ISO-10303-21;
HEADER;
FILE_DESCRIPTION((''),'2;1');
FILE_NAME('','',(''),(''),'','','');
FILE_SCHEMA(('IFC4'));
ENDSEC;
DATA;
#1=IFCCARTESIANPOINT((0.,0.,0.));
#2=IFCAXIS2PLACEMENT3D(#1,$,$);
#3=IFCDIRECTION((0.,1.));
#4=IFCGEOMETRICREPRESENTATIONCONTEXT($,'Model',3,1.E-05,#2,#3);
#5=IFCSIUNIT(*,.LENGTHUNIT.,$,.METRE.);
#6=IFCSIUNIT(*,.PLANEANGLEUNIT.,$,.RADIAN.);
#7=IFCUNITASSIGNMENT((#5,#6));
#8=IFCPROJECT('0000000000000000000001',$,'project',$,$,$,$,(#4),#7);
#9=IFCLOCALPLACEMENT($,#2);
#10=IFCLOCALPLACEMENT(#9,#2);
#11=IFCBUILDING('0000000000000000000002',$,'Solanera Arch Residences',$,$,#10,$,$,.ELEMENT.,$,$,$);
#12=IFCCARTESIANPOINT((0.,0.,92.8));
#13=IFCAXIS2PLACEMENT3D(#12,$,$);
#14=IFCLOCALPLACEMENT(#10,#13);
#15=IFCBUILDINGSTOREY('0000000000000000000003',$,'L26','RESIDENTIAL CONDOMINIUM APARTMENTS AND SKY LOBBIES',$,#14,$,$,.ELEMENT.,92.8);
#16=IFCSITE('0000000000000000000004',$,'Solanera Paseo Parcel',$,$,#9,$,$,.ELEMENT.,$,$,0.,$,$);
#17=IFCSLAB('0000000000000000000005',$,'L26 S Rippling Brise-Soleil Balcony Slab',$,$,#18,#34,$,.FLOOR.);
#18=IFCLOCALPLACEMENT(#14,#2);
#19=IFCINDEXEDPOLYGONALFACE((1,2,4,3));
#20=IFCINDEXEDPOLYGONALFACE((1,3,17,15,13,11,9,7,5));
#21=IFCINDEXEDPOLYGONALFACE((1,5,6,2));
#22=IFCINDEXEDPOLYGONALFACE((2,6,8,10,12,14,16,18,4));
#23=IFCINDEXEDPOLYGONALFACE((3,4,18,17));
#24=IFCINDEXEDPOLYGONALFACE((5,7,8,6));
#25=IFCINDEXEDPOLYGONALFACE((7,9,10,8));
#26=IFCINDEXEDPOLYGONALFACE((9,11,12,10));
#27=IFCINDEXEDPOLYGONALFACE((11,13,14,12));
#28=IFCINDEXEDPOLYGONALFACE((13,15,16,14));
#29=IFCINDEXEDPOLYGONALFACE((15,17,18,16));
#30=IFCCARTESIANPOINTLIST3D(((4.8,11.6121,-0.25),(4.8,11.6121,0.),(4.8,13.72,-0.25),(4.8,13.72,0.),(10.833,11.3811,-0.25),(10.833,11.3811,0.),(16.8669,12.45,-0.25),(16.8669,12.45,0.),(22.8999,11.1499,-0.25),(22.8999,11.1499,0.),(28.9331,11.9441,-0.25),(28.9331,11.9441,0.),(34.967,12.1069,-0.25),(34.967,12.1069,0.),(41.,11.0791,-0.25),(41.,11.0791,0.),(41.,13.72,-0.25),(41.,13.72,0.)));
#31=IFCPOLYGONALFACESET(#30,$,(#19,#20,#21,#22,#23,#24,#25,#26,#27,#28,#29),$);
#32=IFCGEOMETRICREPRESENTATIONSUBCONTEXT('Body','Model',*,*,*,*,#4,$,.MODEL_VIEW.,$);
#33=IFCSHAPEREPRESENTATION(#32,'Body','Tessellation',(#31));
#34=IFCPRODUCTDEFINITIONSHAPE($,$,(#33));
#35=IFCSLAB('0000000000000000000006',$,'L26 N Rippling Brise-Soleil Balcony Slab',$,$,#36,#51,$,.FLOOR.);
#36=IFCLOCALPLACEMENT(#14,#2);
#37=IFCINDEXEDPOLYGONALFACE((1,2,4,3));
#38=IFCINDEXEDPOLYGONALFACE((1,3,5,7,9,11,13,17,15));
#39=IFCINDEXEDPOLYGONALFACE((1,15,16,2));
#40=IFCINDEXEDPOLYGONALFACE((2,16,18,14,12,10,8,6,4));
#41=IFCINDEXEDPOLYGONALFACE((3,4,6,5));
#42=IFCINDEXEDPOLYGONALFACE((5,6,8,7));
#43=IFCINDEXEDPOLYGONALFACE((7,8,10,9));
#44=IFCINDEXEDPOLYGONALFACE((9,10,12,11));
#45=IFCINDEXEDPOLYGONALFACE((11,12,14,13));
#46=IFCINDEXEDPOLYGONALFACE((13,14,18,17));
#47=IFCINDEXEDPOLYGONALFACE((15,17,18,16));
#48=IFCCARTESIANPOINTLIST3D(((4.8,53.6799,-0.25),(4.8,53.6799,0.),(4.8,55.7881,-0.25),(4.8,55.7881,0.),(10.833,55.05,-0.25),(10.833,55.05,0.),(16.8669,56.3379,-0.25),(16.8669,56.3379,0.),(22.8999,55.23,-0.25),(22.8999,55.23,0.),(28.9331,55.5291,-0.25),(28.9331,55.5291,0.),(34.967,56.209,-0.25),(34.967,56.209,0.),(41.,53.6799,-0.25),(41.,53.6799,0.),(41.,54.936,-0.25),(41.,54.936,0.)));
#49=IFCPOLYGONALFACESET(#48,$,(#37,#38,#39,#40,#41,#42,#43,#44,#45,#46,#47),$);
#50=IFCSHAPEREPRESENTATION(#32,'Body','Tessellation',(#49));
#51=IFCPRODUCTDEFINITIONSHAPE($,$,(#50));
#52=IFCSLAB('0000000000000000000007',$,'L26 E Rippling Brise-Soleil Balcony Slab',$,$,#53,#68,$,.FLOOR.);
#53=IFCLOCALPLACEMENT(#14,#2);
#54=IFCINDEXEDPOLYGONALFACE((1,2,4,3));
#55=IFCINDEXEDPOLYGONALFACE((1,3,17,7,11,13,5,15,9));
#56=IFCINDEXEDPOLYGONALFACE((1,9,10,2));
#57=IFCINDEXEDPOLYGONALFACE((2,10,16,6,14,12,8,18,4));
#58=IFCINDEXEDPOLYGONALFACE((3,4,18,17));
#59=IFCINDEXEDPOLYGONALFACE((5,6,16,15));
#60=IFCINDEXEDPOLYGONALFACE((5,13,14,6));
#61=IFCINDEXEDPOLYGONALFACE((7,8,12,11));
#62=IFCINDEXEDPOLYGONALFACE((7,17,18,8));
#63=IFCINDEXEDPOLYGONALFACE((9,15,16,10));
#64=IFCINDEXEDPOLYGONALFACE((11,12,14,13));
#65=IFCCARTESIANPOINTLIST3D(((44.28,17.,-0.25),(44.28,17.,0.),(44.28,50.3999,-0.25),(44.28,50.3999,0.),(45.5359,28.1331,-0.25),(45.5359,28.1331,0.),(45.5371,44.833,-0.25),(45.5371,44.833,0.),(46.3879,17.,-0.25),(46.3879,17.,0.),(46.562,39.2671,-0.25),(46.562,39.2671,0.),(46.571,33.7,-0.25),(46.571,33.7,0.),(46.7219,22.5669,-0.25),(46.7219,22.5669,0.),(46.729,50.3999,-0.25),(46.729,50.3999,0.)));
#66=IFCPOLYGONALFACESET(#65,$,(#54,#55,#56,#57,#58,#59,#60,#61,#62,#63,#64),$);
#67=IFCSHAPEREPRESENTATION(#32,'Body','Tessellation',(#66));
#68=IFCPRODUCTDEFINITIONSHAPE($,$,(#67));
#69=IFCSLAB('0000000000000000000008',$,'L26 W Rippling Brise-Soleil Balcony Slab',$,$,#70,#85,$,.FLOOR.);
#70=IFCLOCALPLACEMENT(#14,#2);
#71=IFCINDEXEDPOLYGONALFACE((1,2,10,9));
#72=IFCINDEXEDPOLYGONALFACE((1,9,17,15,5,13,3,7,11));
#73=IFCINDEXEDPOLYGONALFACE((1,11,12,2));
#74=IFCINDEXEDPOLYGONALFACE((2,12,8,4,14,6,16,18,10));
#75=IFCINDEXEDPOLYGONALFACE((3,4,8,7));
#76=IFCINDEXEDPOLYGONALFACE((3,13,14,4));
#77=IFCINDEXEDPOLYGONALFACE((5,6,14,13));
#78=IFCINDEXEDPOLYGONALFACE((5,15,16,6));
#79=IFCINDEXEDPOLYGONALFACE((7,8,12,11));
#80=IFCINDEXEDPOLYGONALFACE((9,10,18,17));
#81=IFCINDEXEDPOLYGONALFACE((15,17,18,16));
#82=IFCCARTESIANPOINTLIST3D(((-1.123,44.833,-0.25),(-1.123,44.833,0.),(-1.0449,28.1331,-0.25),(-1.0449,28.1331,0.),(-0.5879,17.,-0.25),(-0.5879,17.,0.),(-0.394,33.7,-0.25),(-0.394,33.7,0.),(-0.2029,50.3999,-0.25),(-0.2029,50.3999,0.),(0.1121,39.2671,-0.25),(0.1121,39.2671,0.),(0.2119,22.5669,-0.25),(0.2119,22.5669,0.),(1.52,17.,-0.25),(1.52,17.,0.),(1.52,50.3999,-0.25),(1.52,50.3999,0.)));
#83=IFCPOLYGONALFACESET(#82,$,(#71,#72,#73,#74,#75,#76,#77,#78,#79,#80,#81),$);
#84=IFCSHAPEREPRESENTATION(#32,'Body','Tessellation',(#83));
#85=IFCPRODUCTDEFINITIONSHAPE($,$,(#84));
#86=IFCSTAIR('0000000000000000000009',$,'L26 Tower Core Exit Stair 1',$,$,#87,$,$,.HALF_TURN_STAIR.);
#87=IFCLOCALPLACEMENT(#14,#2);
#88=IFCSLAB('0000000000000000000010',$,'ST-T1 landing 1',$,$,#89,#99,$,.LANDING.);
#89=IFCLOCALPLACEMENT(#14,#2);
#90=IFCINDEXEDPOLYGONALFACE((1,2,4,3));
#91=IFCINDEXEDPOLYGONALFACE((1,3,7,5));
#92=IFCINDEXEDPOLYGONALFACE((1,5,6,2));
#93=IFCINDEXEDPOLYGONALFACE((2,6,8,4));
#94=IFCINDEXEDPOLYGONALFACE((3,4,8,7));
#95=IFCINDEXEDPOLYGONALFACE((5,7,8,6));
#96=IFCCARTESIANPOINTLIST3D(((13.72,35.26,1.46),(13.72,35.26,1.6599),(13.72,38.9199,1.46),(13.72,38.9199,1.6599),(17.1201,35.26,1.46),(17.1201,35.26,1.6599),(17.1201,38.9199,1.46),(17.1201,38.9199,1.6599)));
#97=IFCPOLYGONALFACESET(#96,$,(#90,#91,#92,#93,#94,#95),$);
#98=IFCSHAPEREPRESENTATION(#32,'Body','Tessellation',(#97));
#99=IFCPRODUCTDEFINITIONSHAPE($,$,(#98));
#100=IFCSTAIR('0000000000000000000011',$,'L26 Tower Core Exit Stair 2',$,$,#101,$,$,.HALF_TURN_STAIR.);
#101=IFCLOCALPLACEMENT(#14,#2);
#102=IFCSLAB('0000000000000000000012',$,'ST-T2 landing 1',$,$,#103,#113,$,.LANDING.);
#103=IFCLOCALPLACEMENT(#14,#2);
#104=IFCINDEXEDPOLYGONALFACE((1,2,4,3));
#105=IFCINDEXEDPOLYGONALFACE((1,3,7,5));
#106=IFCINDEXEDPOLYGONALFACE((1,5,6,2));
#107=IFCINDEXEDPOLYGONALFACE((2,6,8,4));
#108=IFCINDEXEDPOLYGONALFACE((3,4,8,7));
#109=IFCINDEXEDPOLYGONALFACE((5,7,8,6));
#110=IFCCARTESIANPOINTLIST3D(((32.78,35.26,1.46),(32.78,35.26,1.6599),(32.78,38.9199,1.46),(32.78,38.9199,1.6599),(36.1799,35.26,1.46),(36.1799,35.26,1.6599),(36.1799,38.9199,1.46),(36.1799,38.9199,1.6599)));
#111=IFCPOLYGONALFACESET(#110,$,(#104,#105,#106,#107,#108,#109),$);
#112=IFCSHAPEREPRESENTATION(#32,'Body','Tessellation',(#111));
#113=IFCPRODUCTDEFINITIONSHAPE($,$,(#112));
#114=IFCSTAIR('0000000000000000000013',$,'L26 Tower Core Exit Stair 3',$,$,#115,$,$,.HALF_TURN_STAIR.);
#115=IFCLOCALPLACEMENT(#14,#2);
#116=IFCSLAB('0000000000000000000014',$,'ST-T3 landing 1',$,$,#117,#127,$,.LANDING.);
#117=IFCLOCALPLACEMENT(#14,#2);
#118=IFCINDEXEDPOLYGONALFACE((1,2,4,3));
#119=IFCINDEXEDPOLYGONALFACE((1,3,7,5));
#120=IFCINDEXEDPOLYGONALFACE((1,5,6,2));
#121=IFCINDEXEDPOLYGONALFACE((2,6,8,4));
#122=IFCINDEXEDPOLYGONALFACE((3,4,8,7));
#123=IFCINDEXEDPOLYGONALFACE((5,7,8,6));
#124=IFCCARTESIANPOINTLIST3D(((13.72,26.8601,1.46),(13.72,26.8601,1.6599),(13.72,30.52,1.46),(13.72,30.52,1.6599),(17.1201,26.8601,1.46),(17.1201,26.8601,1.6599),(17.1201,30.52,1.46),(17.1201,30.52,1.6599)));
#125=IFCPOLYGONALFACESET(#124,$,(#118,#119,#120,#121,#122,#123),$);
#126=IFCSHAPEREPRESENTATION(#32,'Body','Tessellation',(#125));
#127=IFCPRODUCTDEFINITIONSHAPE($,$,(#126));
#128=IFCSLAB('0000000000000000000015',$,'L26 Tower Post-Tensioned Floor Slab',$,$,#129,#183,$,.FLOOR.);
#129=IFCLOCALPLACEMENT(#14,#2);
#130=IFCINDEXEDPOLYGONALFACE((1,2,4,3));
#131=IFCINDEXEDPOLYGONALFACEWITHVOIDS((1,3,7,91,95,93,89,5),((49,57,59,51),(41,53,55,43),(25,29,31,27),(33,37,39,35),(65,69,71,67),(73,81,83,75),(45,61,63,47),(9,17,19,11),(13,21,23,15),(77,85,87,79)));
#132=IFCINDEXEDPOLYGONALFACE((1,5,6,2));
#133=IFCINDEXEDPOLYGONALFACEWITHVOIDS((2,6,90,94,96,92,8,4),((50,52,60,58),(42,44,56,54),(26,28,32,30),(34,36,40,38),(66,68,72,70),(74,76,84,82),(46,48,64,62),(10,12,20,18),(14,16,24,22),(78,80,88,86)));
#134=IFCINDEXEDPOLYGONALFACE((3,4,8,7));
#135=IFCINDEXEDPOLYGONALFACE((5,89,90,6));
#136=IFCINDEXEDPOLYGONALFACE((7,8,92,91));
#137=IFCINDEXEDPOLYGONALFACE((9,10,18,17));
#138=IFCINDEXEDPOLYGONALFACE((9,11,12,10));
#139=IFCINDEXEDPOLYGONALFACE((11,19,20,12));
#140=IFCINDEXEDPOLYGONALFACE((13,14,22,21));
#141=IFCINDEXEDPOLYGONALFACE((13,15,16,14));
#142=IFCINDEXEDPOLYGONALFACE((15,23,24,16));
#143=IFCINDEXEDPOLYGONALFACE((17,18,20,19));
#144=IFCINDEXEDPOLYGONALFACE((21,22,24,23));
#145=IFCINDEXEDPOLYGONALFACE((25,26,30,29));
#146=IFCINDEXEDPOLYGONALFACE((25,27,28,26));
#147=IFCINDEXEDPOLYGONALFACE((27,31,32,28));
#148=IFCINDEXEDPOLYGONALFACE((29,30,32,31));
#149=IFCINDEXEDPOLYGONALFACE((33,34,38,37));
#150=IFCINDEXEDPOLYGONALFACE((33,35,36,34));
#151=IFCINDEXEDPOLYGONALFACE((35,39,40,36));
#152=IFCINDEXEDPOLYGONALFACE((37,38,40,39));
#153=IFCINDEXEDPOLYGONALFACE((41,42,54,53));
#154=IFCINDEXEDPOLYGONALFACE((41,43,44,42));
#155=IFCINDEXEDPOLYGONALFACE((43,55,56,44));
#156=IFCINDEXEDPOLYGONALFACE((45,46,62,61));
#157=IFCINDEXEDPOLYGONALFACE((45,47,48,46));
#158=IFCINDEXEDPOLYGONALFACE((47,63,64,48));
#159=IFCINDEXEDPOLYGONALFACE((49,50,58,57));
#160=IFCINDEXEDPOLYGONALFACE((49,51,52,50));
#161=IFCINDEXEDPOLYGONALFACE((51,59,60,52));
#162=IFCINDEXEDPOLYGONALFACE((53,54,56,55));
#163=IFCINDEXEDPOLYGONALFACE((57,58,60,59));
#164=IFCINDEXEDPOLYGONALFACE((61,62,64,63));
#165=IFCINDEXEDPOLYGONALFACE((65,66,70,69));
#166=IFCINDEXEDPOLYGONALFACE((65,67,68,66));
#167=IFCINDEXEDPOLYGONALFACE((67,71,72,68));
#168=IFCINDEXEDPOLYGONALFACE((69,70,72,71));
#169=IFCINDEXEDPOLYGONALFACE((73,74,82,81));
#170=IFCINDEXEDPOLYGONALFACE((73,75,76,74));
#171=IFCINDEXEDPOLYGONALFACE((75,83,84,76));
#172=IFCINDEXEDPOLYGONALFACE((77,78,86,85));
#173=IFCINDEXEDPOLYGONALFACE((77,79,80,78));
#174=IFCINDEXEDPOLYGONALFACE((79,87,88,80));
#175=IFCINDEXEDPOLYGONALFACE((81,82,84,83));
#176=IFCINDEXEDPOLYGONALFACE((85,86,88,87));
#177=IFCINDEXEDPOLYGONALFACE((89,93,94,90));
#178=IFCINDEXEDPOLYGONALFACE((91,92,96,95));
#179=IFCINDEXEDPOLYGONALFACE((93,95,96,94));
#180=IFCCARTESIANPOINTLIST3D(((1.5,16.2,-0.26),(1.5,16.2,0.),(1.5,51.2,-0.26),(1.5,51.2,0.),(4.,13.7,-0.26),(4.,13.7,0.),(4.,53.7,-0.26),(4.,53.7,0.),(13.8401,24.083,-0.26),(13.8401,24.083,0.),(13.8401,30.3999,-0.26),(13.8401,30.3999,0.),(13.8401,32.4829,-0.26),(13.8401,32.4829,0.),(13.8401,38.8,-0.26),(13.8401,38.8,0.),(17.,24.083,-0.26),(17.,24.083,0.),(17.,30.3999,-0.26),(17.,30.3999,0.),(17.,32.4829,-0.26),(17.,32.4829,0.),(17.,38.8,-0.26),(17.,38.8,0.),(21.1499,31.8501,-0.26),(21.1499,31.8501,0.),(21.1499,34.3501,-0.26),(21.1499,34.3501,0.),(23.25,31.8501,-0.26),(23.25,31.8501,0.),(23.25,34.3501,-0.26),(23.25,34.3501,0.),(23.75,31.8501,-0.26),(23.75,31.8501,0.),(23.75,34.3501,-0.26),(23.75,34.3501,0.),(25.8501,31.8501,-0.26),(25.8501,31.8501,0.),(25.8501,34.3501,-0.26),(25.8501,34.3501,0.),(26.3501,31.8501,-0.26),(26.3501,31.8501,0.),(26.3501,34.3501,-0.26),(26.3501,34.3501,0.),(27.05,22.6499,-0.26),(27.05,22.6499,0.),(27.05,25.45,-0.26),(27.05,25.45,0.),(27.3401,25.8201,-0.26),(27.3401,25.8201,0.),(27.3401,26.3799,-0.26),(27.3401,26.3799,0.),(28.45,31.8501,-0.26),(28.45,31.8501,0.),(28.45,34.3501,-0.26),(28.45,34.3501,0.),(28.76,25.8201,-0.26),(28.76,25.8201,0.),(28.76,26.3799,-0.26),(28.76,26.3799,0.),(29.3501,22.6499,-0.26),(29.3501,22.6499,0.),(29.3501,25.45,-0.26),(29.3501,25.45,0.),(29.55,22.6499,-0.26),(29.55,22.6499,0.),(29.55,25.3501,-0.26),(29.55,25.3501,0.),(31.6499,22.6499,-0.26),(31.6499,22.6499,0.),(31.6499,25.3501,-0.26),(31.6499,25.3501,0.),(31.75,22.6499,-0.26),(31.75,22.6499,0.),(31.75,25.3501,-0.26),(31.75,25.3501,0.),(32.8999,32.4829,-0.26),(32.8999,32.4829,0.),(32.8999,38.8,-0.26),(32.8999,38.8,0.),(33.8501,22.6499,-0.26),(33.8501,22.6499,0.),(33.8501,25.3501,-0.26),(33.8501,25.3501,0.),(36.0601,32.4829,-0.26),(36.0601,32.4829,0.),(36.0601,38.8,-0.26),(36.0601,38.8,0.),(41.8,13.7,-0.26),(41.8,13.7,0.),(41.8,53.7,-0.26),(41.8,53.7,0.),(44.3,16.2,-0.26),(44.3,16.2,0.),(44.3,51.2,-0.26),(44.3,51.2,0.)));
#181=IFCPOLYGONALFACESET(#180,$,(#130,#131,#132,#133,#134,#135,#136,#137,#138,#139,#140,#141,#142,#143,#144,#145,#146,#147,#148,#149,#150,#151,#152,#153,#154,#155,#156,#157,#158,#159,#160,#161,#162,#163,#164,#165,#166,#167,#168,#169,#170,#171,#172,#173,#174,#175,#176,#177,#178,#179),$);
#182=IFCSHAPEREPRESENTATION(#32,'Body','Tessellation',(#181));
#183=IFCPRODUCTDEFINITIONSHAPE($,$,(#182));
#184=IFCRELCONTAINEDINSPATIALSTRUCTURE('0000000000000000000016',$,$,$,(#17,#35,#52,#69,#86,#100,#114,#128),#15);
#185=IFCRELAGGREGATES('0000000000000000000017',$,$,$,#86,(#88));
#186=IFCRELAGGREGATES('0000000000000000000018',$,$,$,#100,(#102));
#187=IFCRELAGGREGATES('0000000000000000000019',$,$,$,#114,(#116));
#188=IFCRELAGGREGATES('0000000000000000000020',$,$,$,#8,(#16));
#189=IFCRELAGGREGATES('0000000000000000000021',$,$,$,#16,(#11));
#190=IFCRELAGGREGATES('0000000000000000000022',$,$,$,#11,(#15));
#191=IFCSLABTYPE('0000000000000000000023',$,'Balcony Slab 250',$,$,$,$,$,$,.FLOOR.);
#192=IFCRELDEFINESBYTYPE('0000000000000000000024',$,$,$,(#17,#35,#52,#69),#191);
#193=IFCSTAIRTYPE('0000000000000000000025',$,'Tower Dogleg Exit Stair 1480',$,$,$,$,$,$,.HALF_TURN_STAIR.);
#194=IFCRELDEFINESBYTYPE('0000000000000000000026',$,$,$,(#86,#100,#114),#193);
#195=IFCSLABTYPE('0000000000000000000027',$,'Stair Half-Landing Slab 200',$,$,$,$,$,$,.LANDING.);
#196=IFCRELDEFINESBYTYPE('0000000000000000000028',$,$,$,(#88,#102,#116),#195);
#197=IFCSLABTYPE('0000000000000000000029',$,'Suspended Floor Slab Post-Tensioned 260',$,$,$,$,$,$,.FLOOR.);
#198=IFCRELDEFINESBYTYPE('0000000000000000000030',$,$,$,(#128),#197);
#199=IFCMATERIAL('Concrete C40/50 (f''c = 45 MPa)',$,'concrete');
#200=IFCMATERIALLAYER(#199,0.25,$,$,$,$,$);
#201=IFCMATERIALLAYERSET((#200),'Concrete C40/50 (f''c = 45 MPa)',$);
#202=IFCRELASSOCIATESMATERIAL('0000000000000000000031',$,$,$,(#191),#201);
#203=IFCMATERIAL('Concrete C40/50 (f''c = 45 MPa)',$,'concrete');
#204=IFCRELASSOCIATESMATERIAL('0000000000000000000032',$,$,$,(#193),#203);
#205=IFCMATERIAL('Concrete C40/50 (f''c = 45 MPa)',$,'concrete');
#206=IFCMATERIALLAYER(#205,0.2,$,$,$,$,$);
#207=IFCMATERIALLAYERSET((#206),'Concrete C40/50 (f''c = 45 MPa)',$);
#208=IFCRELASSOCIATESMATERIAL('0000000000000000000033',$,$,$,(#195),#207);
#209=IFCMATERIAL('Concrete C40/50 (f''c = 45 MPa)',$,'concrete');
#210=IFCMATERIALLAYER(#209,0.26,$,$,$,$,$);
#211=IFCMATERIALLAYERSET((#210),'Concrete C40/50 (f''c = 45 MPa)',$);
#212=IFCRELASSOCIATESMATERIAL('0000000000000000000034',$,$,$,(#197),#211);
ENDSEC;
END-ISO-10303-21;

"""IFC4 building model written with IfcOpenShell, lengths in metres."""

from ifc_helpers import new_model, si_unit, direction, frame, origin, place, context, subcontext, project, spatial, polyline, outline, extrude, material, layer, layer_set, type_object, element, aggregate, save


model = new_model("IFC4")

# Units and contexts
model_context = context("Model", 3, precision=1e-05, world=origin(), true_north=direction((0.0, 1.0)))
body_context = subcontext(model_context, "Body", "Model", "MODEL_VIEW")
ifc_project = project(units=[si_unit("LENGTHUNIT", "METRE"), si_unit("PLANEANGLEUNIT", "RADIAN")], contexts=[model_context])

# Site, building, storey
site_placement = place(None, origin())
site = spatial("IfcSite", under=ifc_project, at=site_placement, Name="Solanera Paseo Parcel", CompositionType="ELEMENT", RefElevation=0.0)
building_placement = place(site_placement, origin())
building = spatial("IfcBuilding", under=site, at=building_placement, Name="Solanera Arch Residences", CompositionType="ELEMENT")
storey_placement = place(building_placement, frame((0.0, 0.0, 92.8)))
storey = spatial("IfcBuildingStorey", under=building, at=storey_placement, Name="L26", Description="RESIDENTIAL CONDOMINIUM APARTMENTS AND SKY LOBBIES", CompositionType="ELEMENT", Elevation=92.8)

# Slabs
ifc_material_1 = material(Name="Concrete C40/50 (f'c = 45 MPa)", Category="concrete")
ifc_layer_1 = layer(ifc_material_1, 0.25)
ifc_layer_set_1 = layer_set([ifc_layer_1], Name="Concrete C40/50 (f'c = 45 MPa)")
slab_type_1 = type_object("IfcSlabType", Name="Balcony Slab 250", PredefinedType="FLOOR", material=ifc_layer_set_1)
slab_1_placement = place(storey_placement, frame((0.0, 0.0, -0.25)))
element("IfcSlab", 1, at=slab_1_placement, inside=storey, type_object=slab_type_1, Name="L26 S Rippling Brise-Soleil Balcony Slab", PredefinedType="FLOOR", context=body_context, shape_type="SweptSolid", body=[
    extrude(outline(polyline([(4.8, 11.6121), (10.833, 11.3811), (16.8669, 12.45), (22.8999, 11.1499), (28.9331, 11.9441), (34.967, 12.1069), (41.0, 11.0791), (41.0, 13.72), (4.8, 13.72), (4.8, 11.6121)])), origin(), (0.0, 0.0, 1.0), 0.25),
])
slab_2_placement = place(storey_placement, frame((0.0, 0.0, -0.25)))
element("IfcSlab", 2, at=slab_2_placement, inside=storey, type_object=slab_type_1, Name="L26 N Rippling Brise-Soleil Balcony Slab", PredefinedType="FLOOR", context=body_context, shape_type="SweptSolid", body=[
    extrude(outline(polyline([(41.0, 54.936), (34.967, 56.209), (28.9331, 55.5291), (22.8999, 55.23), (16.8669, 56.3379), (10.833, 55.05), (4.8, 55.7881), (4.8, 53.6799), (41.0, 53.6799), (41.0, 54.936)])), origin(), (0.0, 0.0, 1.0), 0.25),
])
slab_3_placement = place(storey_placement, frame((0.0, 0.0, -0.25)))
element("IfcSlab", 3, at=slab_3_placement, inside=storey, type_object=slab_type_1, Name="L26 E Rippling Brise-Soleil Balcony Slab", PredefinedType="FLOOR", context=body_context, shape_type="SweptSolid", body=[
    extrude(outline(polyline([(46.3879, 17.0), (46.7219, 22.5669), (45.5359, 28.1331), (46.571, 33.7), (46.562, 39.2671), (45.5371, 44.833), (46.729, 50.3999), (44.28, 50.3999), (44.28, 17.0), (46.3879, 17.0)])), origin(), (0.0, 0.0, 1.0), 0.25),
])
slab_4_placement = place(storey_placement, frame((0.0, 0.0, -0.25)))
element("IfcSlab", 4, at=slab_4_placement, inside=storey, type_object=slab_type_1, Name="L26 W Rippling Brise-Soleil Balcony Slab", PredefinedType="FLOOR", context=body_context, shape_type="SweptSolid", body=[
    extrude(outline(polyline([(-0.2029, 50.3999), (-1.123, 44.833), (0.1121, 39.2671), (-0.394, 33.7), (-1.0449, 28.1331), (0.2119, 22.5669), (-0.5879, 17.0), (1.52, 17.0), (1.52, 50.3999), (-0.2029, 50.3999)])), origin(), (0.0, 0.0, 1.0), 0.25),
])

# Stairs, slabs
ifc_material_2 = material(Name="Concrete C40/50 (f'c = 45 MPa)", Category="concrete")
stair_type = type_object("IfcStairType", Name="Tower Dogleg Exit Stair 1480", PredefinedType="HALF_TURN_STAIR", material=ifc_material_2)
stair_1_placement = place(storey_placement, origin())
stair_1 = element("IfcStair", 5, at=stair_1_placement, inside=storey, type_object=stair_type, Name="L26 Tower Core Exit Stair 1", PredefinedType="HALF_TURN_STAIR")
ifc_material_3 = material(Name="Concrete C40/50 (f'c = 45 MPa)", Category="concrete")
ifc_layer_2 = layer(ifc_material_3, 0.2)
ifc_layer_set_2 = layer_set([ifc_layer_2], Name="Concrete C40/50 (f'c = 45 MPa)")
slab_type_2 = type_object("IfcSlabType", Name="Stair Half-Landing Slab 200", PredefinedType="LANDING", material=ifc_layer_set_2)
slab_5_placement = place(storey_placement, frame((0.0, 0.0, 1.46)))
slab_5 = element("IfcSlab", 6, at=slab_5_placement, type_object=slab_type_2, Name="ST-T1 landing 1", PredefinedType="LANDING", context=body_context, shape_type="SweptSolid", body=[
    extrude(outline(polyline([(17.1201, 35.26), (17.1201, 38.9199), (13.72, 38.9199), (13.72, 35.26), (17.1201, 35.26)])), origin(), (0.0, 0.0, 1.0), 0.2),
])
aggregate(stair_1, [slab_5])
stair_2_placement = place(storey_placement, origin())
stair_2 = element("IfcStair", 7, at=stair_2_placement, inside=storey, type_object=stair_type, Name="L26 Tower Core Exit Stair 2", PredefinedType="HALF_TURN_STAIR")
slab_6_placement = place(storey_placement, frame((0.0, 0.0, 1.46)))
slab_6 = element("IfcSlab", 8, at=slab_6_placement, type_object=slab_type_2, Name="ST-T2 landing 1", PredefinedType="LANDING", context=body_context, shape_type="SweptSolid", body=[
    extrude(outline(polyline([(36.1799, 35.26), (36.1799, 38.9199), (32.78, 38.9199), (32.78, 35.26), (36.1799, 35.26)])), origin(), (0.0, 0.0, 1.0), 0.2),
])
aggregate(stair_2, [slab_6])
stair_3_placement = place(storey_placement, origin())
stair_3 = element("IfcStair", 9, at=stair_3_placement, inside=storey, type_object=stair_type, Name="L26 Tower Core Exit Stair 3", PredefinedType="HALF_TURN_STAIR")
slab_7_placement = place(storey_placement, frame((0.0, 0.0, 1.46)))
slab_7 = element("IfcSlab", 10, at=slab_7_placement, type_object=slab_type_2, Name="ST-T3 landing 1", PredefinedType="LANDING", context=body_context, shape_type="SweptSolid", body=[
    extrude(outline(polyline([(17.1201, 26.8601), (17.1201, 30.52), (13.72, 30.52), (13.72, 26.8601), (17.1201, 26.8601)])), origin(), (0.0, 0.0, 1.0), 0.2),
])
aggregate(stair_3, [slab_7])

# Slab
ifc_material_4 = material(Name="Concrete C40/50 (f'c = 45 MPa)", Category="concrete")
ifc_layer_3 = layer(ifc_material_4, 0.26)
ifc_layer_set_3 = layer_set([ifc_layer_3], Name="Concrete C40/50 (f'c = 45 MPa)")
slab_type_3 = type_object("IfcSlabType", Name="Suspended Floor Slab Post-Tensioned 260", PredefinedType="FLOOR", material=ifc_layer_set_3)
slab_8_placement = place(storey_placement, frame((0.0, 0.0, -0.26)))
element("IfcSlab", 11, at=slab_8_placement, inside=storey, type_object=slab_type_3, Name="L26 Tower Post-Tensioned Floor Slab", PredefinedType="FLOOR", context=body_context, shape_type="SweptSolid", body=[
    extrude(outline(polyline([(4.0, 13.7), (41.8, 13.7), (44.3, 16.2), (44.3, 51.2), (41.8, 53.7), (4.0, 53.7), (1.5, 51.2), (1.5, 16.2), (4.0, 13.7)]), holes=[polyline([(13.8401, 32.4829), (13.8401, 38.8), (17.0, 38.8), (17.0, 32.4829), (13.8401, 32.4829)]), polyline([(32.8999, 32.4829), (32.8999, 38.8), (36.0601, 38.8), (36.0601, 32.4829), (32.8999, 32.4829)]), polyline([(13.8401, 24.083), (13.8401, 30.3999), (17.0, 30.3999), (17.0, 24.083), (13.8401, 24.083)]), polyline([(21.1499, 34.3501), (23.25, 34.3501), (23.25, 31.8501), (21.1499, 31.8501), (21.1499, 34.3501)]), polyline([(23.75, 34.3501), (25.8501, 34.3501), (25.8501, 31.8501), (23.75, 31.8501), (23.75, 34.3501)]), polyline([(26.3501, 34.3501), (28.45, 34.3501), (28.45, 31.8501), (26.3501, 31.8501), (26.3501, 34.3501)]), polyline([(29.55, 25.3501), (31.6499, 25.3501), (31.6499, 22.6499), (29.55, 22.6499), (29.55, 25.3501)]), polyline([(31.75, 25.3501), (33.8501, 25.3501), (33.8501, 22.6499), (31.75, 22.6499), (31.75, 25.3501)]), polyline([(27.05, 25.45), (29.3501, 25.45), (29.3501, 22.6499), (27.05, 22.6499), (27.05, 25.45)]), polyline([(27.3401, 26.3799), (28.76, 26.3799), (28.76, 25.8201), (27.3401, 25.8201), (27.3401, 26.3799)])]), origin(), (0.0, 0.0, 1.0), 0.26),
])

save(model, "model.ifc")
